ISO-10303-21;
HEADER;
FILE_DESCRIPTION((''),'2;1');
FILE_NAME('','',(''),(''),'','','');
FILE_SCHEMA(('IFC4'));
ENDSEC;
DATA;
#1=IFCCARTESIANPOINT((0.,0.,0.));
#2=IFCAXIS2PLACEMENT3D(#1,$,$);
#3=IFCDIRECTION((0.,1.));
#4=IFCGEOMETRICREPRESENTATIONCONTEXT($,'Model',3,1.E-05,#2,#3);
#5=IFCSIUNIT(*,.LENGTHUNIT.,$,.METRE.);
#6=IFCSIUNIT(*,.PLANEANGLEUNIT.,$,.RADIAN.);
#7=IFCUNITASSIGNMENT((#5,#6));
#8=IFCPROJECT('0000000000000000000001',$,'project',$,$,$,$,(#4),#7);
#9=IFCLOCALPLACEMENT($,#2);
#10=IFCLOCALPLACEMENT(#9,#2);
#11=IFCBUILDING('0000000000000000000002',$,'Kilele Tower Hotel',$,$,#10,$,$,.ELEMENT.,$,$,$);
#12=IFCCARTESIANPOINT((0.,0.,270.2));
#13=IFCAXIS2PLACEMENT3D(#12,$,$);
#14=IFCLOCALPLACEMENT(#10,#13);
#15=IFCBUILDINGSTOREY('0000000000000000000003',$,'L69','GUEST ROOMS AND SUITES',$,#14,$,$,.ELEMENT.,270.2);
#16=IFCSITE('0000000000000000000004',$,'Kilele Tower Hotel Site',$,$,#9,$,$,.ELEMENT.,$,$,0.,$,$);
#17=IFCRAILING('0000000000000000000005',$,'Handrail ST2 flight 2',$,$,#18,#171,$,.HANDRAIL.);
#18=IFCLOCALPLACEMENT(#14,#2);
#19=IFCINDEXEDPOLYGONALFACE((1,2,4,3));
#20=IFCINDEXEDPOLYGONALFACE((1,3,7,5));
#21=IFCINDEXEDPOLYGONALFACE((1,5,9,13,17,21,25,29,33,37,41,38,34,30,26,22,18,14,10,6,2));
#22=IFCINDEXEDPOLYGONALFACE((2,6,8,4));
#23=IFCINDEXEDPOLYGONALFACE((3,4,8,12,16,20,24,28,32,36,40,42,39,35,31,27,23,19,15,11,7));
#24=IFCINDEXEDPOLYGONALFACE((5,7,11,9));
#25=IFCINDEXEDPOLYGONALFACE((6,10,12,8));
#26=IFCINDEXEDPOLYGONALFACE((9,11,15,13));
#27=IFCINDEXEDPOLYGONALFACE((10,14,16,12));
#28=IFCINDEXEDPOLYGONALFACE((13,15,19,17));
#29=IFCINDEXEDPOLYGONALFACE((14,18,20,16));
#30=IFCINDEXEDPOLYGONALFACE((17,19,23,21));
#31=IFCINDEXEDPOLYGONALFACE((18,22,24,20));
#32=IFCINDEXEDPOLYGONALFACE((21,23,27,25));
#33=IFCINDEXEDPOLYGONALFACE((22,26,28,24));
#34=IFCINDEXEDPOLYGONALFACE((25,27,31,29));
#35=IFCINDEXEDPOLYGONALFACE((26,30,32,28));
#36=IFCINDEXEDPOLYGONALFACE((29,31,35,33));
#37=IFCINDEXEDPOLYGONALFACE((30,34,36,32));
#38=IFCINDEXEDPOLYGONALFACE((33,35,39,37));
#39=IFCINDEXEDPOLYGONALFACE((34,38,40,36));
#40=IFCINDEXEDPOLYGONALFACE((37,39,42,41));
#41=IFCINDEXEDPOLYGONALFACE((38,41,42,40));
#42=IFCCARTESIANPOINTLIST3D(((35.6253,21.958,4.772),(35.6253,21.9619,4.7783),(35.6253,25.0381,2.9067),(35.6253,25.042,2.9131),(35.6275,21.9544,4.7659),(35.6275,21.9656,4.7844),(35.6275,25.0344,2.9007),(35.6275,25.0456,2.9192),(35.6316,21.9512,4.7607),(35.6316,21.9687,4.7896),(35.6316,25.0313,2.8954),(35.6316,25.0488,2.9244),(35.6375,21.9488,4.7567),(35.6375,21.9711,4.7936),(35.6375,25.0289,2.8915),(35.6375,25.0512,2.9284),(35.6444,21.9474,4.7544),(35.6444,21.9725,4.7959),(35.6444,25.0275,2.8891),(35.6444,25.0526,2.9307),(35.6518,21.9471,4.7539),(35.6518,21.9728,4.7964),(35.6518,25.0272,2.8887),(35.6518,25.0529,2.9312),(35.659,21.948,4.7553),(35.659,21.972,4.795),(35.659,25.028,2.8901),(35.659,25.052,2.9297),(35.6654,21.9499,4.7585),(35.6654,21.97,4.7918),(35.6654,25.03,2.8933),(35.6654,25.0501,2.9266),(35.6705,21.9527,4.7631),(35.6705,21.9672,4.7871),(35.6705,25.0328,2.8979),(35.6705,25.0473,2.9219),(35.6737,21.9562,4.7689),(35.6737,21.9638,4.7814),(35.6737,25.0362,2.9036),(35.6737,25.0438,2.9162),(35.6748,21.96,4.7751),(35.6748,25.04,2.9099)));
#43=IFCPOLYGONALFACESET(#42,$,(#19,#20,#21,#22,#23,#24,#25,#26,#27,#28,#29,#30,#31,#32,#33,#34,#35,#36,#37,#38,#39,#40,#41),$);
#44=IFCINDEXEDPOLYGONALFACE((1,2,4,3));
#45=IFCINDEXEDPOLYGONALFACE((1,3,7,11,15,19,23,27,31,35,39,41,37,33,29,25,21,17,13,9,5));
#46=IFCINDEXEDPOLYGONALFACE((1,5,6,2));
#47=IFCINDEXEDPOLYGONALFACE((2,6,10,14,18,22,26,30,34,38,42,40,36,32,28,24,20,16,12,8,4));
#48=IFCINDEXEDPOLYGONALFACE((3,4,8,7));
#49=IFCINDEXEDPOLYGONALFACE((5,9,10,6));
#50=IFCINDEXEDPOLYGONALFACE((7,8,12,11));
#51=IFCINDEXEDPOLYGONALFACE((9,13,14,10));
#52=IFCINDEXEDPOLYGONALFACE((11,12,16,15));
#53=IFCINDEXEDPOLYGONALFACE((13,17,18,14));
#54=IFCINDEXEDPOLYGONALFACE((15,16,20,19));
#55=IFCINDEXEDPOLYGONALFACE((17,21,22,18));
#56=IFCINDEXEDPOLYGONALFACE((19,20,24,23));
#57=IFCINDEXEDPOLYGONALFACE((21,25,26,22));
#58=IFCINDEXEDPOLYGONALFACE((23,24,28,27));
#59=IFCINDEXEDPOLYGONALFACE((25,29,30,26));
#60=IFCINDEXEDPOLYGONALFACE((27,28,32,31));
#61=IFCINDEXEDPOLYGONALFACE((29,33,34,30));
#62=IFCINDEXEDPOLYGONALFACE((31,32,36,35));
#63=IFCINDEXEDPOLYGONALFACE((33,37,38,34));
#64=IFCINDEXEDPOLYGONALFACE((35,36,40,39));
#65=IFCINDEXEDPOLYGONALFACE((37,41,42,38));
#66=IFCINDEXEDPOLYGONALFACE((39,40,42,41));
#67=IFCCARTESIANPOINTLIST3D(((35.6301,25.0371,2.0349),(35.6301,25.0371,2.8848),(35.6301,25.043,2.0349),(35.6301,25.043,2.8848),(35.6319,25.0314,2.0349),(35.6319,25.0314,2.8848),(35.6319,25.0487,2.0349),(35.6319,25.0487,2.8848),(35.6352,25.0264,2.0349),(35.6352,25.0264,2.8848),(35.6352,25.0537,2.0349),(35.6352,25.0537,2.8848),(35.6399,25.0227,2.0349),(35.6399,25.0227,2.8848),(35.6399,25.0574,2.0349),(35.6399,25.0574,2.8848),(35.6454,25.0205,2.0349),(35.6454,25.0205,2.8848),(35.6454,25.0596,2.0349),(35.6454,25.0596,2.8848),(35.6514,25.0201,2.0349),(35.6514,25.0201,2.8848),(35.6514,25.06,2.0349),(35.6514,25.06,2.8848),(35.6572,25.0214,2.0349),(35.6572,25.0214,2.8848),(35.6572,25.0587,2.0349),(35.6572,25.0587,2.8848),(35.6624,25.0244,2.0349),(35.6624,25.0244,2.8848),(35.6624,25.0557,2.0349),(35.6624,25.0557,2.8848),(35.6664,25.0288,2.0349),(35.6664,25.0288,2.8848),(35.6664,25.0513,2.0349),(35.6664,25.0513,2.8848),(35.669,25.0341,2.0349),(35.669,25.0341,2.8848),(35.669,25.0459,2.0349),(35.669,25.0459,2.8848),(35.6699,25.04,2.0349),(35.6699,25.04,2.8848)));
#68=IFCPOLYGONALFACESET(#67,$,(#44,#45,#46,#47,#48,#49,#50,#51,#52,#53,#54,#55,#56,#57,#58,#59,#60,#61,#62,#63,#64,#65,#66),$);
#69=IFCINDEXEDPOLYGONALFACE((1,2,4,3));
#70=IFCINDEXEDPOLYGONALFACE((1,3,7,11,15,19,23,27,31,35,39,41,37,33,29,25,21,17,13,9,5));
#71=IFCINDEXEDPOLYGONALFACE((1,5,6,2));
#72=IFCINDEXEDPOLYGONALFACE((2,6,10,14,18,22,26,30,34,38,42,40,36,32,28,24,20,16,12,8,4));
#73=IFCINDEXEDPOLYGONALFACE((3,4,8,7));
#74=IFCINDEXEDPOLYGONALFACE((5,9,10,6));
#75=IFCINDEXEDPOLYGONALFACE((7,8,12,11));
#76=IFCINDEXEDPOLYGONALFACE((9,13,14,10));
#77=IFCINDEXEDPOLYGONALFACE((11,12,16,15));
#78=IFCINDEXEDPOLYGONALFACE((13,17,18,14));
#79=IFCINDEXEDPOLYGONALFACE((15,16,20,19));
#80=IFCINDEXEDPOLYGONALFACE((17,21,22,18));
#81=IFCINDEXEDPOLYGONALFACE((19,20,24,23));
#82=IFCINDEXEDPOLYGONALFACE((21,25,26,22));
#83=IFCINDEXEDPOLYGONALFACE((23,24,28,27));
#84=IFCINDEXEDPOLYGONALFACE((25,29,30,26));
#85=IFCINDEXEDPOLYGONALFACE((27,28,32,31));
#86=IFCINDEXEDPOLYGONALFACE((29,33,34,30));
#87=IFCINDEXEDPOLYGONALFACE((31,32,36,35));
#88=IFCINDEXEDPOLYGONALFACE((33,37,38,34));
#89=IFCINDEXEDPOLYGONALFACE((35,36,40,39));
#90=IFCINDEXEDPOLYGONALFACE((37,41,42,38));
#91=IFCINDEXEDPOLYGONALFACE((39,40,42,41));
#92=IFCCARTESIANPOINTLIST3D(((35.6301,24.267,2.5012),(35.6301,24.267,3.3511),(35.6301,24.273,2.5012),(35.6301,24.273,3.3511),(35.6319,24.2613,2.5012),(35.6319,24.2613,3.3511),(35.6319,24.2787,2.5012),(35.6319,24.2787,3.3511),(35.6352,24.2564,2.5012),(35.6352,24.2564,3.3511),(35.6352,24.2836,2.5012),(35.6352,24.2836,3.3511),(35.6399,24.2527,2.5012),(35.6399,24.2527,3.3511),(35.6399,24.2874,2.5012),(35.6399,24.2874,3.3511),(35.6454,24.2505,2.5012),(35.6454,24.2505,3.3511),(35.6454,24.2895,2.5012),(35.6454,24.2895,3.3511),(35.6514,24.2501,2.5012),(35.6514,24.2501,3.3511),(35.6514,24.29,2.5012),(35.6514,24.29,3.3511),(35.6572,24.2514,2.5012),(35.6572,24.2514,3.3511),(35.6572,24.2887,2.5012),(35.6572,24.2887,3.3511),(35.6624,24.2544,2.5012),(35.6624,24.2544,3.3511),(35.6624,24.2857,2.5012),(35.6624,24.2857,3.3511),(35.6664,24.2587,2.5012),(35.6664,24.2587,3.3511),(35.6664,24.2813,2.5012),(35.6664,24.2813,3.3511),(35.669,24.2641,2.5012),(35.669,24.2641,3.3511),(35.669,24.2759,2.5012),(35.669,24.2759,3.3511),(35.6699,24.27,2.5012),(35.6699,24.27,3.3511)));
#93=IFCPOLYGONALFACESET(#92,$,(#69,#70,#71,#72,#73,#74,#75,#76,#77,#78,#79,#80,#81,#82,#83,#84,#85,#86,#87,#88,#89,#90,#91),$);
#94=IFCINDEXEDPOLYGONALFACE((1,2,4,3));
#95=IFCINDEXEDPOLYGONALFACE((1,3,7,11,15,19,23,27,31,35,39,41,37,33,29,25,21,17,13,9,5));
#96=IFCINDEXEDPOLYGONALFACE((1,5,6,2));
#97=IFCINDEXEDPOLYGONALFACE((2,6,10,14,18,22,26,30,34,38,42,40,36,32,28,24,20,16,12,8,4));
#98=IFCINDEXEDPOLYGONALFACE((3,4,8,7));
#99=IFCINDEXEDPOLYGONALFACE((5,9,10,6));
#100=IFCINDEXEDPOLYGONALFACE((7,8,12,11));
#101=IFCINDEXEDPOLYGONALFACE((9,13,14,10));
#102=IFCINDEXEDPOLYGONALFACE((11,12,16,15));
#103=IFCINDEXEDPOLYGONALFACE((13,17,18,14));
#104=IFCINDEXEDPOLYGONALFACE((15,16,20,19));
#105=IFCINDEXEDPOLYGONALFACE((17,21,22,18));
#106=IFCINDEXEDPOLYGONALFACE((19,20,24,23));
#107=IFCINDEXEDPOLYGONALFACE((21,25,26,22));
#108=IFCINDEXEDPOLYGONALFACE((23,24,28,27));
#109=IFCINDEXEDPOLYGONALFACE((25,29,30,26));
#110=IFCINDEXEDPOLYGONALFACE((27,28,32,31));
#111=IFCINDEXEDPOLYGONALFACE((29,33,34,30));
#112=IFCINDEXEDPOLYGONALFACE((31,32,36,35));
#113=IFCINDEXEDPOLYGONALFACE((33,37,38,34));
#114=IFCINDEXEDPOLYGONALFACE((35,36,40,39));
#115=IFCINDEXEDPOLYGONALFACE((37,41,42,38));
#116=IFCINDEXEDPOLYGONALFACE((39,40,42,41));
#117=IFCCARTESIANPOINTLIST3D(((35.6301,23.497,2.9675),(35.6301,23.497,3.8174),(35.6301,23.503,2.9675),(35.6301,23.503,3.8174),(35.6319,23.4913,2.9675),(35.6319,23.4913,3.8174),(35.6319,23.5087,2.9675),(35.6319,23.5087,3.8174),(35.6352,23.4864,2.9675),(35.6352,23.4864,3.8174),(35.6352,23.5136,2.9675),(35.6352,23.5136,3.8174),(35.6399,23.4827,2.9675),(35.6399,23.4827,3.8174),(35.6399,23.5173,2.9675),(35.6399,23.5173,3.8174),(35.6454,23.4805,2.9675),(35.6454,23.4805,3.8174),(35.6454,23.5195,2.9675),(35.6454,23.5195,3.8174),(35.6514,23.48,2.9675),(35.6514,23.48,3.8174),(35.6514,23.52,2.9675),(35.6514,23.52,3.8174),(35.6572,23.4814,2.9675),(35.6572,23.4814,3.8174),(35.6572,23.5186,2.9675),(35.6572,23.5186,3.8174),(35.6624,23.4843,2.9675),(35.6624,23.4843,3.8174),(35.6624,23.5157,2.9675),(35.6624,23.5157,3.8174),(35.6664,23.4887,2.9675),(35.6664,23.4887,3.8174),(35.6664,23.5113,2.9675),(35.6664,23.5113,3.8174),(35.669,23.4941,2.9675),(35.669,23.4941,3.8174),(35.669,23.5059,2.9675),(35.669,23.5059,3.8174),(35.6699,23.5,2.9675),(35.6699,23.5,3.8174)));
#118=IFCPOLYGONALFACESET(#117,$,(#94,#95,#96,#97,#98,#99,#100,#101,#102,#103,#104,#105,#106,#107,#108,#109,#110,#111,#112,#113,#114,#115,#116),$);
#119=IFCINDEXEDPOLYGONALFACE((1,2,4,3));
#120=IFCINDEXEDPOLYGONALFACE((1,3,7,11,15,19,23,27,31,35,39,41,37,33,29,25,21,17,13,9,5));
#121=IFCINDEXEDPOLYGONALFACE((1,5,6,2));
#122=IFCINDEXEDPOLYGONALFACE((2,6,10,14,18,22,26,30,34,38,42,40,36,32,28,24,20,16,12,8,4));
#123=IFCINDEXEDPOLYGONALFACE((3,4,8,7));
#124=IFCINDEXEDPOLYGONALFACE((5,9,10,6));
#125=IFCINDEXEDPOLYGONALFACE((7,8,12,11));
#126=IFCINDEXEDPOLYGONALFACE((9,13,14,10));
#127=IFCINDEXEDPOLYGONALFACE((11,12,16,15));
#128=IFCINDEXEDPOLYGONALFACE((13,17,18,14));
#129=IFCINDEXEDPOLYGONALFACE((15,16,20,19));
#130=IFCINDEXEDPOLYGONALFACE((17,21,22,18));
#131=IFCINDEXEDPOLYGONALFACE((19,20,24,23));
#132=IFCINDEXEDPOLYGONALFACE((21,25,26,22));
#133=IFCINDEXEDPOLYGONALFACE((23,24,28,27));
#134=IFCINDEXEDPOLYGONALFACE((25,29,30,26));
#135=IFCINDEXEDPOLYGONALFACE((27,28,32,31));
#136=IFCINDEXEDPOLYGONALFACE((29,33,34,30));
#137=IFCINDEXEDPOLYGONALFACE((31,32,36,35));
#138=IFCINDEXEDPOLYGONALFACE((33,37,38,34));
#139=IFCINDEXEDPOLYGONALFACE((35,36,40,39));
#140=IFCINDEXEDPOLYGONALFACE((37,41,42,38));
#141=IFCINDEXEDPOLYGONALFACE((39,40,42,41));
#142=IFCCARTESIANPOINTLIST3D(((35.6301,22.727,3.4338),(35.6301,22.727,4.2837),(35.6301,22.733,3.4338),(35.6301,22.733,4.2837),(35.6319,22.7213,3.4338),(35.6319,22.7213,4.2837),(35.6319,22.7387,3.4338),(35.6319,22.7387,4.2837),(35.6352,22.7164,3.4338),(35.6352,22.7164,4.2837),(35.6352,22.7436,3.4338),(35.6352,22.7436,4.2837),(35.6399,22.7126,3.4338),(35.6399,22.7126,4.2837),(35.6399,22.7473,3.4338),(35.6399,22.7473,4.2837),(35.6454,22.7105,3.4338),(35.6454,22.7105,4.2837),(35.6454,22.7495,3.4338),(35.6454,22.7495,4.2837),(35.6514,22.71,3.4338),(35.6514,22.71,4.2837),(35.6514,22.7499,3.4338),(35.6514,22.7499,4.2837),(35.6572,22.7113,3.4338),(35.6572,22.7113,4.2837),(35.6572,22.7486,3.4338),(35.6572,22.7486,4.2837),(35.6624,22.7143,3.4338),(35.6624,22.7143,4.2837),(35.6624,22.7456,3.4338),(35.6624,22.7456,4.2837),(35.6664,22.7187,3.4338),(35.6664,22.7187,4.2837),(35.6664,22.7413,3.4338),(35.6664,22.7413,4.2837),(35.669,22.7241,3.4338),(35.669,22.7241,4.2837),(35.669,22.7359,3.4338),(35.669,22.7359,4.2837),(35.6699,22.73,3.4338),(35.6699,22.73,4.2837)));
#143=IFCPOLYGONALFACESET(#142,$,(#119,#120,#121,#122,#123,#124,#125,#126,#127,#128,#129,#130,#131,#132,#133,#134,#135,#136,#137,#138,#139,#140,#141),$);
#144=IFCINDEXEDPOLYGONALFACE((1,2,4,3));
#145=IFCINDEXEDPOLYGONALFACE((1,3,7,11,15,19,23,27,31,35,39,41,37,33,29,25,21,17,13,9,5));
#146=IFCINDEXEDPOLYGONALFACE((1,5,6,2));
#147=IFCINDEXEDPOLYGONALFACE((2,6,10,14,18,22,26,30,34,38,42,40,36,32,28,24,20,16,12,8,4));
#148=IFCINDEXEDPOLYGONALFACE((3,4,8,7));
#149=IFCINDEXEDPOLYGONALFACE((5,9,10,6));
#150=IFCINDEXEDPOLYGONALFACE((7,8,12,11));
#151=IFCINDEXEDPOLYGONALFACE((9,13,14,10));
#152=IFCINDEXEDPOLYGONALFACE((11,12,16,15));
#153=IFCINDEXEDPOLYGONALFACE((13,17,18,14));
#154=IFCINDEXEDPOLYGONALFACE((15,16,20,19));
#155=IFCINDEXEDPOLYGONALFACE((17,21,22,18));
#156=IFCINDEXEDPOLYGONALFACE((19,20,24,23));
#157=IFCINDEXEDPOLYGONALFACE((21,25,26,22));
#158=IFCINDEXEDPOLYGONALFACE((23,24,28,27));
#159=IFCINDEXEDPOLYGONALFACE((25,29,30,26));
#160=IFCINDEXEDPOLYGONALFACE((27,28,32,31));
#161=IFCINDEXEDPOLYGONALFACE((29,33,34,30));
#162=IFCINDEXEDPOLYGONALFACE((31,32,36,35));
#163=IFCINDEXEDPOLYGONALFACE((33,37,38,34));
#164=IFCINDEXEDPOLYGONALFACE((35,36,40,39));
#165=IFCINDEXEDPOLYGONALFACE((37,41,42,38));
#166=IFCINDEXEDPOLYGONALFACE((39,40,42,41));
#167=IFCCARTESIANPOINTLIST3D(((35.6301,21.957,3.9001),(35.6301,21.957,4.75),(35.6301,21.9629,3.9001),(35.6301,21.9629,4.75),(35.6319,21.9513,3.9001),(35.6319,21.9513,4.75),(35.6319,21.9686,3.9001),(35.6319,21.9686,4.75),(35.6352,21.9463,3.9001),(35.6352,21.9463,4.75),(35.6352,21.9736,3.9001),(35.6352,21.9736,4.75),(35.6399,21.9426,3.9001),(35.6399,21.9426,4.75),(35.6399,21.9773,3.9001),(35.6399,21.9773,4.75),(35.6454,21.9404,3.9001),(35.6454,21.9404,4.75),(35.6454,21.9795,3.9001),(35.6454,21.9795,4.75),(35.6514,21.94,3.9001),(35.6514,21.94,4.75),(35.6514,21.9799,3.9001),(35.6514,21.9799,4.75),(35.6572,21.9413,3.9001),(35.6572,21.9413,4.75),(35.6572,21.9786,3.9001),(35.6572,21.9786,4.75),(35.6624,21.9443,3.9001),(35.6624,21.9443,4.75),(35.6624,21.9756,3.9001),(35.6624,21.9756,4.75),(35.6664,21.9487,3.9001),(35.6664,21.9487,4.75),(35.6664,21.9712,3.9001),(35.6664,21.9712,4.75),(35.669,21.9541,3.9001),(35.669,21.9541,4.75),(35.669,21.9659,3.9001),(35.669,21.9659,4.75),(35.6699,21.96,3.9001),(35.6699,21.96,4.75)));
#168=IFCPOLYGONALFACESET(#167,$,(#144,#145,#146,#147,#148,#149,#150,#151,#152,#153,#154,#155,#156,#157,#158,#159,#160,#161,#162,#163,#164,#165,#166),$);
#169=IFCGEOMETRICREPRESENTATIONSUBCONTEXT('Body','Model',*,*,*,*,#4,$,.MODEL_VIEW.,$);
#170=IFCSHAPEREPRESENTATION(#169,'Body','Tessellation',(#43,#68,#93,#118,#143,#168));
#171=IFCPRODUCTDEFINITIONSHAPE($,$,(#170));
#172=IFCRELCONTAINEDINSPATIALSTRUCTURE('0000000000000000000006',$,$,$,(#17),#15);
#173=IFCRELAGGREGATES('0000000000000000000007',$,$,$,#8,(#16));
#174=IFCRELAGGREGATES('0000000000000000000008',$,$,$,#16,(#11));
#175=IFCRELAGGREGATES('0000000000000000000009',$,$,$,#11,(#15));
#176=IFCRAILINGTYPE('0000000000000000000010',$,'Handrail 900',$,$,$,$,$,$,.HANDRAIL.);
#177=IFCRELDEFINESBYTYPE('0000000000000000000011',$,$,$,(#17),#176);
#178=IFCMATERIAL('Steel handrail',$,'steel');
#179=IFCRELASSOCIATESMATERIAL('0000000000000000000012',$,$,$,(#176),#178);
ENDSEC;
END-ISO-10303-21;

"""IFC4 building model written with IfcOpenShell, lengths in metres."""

from ifc_helpers import new_model, si_unit, direction, frame, origin, origin_2d, place, context, subcontext, project, spatial, circle, extrude, material, type_object, element, save


model = new_model("IFC4")

# Units and contexts
model_context = context("Model", 3, precision=1e-05, world=origin(), true_north=direction((0.0, 1.0)))
body_context = subcontext(model_context, "Body", "Model", "MODEL_VIEW")
ifc_project = project(units=[si_unit("LENGTHUNIT", "METRE"), si_unit("PLANEANGLEUNIT", "RADIAN")], contexts=[model_context])

# Site, building, storey
site_placement = place(None, origin())
site = spatial("IfcSite", under=ifc_project, at=site_placement, Name="Kilele Tower Hotel Site", CompositionType="ELEMENT", RefElevation=0.0)
building_placement = place(site_placement, origin())
building = spatial("IfcBuilding", under=site, at=building_placement, Name="Kilele Tower Hotel", CompositionType="ELEMENT")
storey_placement = place(building_placement, frame((0.0, 0.0, 270.2)))
storey = spatial("IfcBuildingStorey", under=building, at=storey_placement, Name="L69", Description="GUEST ROOMS AND SUITES", CompositionType="ELEMENT", Elevation=270.2)

# Railing
ifc_material_1 = material(Name="Steel handrail", Category="steel")
railing_type_1 = type_object("IfcRailingType", Name="Handrail 900", PredefinedType="HANDRAIL", material=ifc_material_1)
for number, where, name in (
    (1, (35.6499, 25.04, 2.0349), "Handrail ST2 flight 2"),
):
    element("IfcRailing", number, at=place(storey_placement, frame(where)), inside=storey, type_object=railing_type_1, Name=name, PredefinedType="HANDRAIL", context=body_context, shape_type="SweptSolid", body=[
        extrude(circle(Radius=0.0249, at=origin_2d()), frame((0.0, 0.0, 0.875), z_axis=(0.0, -0.85538, 0.518001), x_axis=(1.0, 0.0, 0.0)), (0.0, 0.0, 1.0), 3.6008),
        extrude(circle(Radius=0.02, at=origin_2d()), origin(), (0.0, 0.0, 1.0), 0.8499),
        extrude(circle(Radius=0.02, at=origin_2d()), frame((0.0, -0.77, 0.4663)), (0.0, 0.0, 1.0), 0.8499),
        extrude(circle(Radius=0.02, at=origin_2d()), frame((0.0, -1.54, 0.9326)), (0.0, 0.0, 1.0), 0.8499),
        extrude(circle(Radius=0.02, at=origin_2d()), frame((0.0, -2.3101, 1.3989)), (0.0, 0.0, 1.0), 0.8499),
        extrude(circle(Radius=0.02, at=origin_2d()), frame((0.0, -3.0801, 1.8652)), (0.0, 0.0, 1.0), 0.8499),
    ])

save(model, "model.ifc")
